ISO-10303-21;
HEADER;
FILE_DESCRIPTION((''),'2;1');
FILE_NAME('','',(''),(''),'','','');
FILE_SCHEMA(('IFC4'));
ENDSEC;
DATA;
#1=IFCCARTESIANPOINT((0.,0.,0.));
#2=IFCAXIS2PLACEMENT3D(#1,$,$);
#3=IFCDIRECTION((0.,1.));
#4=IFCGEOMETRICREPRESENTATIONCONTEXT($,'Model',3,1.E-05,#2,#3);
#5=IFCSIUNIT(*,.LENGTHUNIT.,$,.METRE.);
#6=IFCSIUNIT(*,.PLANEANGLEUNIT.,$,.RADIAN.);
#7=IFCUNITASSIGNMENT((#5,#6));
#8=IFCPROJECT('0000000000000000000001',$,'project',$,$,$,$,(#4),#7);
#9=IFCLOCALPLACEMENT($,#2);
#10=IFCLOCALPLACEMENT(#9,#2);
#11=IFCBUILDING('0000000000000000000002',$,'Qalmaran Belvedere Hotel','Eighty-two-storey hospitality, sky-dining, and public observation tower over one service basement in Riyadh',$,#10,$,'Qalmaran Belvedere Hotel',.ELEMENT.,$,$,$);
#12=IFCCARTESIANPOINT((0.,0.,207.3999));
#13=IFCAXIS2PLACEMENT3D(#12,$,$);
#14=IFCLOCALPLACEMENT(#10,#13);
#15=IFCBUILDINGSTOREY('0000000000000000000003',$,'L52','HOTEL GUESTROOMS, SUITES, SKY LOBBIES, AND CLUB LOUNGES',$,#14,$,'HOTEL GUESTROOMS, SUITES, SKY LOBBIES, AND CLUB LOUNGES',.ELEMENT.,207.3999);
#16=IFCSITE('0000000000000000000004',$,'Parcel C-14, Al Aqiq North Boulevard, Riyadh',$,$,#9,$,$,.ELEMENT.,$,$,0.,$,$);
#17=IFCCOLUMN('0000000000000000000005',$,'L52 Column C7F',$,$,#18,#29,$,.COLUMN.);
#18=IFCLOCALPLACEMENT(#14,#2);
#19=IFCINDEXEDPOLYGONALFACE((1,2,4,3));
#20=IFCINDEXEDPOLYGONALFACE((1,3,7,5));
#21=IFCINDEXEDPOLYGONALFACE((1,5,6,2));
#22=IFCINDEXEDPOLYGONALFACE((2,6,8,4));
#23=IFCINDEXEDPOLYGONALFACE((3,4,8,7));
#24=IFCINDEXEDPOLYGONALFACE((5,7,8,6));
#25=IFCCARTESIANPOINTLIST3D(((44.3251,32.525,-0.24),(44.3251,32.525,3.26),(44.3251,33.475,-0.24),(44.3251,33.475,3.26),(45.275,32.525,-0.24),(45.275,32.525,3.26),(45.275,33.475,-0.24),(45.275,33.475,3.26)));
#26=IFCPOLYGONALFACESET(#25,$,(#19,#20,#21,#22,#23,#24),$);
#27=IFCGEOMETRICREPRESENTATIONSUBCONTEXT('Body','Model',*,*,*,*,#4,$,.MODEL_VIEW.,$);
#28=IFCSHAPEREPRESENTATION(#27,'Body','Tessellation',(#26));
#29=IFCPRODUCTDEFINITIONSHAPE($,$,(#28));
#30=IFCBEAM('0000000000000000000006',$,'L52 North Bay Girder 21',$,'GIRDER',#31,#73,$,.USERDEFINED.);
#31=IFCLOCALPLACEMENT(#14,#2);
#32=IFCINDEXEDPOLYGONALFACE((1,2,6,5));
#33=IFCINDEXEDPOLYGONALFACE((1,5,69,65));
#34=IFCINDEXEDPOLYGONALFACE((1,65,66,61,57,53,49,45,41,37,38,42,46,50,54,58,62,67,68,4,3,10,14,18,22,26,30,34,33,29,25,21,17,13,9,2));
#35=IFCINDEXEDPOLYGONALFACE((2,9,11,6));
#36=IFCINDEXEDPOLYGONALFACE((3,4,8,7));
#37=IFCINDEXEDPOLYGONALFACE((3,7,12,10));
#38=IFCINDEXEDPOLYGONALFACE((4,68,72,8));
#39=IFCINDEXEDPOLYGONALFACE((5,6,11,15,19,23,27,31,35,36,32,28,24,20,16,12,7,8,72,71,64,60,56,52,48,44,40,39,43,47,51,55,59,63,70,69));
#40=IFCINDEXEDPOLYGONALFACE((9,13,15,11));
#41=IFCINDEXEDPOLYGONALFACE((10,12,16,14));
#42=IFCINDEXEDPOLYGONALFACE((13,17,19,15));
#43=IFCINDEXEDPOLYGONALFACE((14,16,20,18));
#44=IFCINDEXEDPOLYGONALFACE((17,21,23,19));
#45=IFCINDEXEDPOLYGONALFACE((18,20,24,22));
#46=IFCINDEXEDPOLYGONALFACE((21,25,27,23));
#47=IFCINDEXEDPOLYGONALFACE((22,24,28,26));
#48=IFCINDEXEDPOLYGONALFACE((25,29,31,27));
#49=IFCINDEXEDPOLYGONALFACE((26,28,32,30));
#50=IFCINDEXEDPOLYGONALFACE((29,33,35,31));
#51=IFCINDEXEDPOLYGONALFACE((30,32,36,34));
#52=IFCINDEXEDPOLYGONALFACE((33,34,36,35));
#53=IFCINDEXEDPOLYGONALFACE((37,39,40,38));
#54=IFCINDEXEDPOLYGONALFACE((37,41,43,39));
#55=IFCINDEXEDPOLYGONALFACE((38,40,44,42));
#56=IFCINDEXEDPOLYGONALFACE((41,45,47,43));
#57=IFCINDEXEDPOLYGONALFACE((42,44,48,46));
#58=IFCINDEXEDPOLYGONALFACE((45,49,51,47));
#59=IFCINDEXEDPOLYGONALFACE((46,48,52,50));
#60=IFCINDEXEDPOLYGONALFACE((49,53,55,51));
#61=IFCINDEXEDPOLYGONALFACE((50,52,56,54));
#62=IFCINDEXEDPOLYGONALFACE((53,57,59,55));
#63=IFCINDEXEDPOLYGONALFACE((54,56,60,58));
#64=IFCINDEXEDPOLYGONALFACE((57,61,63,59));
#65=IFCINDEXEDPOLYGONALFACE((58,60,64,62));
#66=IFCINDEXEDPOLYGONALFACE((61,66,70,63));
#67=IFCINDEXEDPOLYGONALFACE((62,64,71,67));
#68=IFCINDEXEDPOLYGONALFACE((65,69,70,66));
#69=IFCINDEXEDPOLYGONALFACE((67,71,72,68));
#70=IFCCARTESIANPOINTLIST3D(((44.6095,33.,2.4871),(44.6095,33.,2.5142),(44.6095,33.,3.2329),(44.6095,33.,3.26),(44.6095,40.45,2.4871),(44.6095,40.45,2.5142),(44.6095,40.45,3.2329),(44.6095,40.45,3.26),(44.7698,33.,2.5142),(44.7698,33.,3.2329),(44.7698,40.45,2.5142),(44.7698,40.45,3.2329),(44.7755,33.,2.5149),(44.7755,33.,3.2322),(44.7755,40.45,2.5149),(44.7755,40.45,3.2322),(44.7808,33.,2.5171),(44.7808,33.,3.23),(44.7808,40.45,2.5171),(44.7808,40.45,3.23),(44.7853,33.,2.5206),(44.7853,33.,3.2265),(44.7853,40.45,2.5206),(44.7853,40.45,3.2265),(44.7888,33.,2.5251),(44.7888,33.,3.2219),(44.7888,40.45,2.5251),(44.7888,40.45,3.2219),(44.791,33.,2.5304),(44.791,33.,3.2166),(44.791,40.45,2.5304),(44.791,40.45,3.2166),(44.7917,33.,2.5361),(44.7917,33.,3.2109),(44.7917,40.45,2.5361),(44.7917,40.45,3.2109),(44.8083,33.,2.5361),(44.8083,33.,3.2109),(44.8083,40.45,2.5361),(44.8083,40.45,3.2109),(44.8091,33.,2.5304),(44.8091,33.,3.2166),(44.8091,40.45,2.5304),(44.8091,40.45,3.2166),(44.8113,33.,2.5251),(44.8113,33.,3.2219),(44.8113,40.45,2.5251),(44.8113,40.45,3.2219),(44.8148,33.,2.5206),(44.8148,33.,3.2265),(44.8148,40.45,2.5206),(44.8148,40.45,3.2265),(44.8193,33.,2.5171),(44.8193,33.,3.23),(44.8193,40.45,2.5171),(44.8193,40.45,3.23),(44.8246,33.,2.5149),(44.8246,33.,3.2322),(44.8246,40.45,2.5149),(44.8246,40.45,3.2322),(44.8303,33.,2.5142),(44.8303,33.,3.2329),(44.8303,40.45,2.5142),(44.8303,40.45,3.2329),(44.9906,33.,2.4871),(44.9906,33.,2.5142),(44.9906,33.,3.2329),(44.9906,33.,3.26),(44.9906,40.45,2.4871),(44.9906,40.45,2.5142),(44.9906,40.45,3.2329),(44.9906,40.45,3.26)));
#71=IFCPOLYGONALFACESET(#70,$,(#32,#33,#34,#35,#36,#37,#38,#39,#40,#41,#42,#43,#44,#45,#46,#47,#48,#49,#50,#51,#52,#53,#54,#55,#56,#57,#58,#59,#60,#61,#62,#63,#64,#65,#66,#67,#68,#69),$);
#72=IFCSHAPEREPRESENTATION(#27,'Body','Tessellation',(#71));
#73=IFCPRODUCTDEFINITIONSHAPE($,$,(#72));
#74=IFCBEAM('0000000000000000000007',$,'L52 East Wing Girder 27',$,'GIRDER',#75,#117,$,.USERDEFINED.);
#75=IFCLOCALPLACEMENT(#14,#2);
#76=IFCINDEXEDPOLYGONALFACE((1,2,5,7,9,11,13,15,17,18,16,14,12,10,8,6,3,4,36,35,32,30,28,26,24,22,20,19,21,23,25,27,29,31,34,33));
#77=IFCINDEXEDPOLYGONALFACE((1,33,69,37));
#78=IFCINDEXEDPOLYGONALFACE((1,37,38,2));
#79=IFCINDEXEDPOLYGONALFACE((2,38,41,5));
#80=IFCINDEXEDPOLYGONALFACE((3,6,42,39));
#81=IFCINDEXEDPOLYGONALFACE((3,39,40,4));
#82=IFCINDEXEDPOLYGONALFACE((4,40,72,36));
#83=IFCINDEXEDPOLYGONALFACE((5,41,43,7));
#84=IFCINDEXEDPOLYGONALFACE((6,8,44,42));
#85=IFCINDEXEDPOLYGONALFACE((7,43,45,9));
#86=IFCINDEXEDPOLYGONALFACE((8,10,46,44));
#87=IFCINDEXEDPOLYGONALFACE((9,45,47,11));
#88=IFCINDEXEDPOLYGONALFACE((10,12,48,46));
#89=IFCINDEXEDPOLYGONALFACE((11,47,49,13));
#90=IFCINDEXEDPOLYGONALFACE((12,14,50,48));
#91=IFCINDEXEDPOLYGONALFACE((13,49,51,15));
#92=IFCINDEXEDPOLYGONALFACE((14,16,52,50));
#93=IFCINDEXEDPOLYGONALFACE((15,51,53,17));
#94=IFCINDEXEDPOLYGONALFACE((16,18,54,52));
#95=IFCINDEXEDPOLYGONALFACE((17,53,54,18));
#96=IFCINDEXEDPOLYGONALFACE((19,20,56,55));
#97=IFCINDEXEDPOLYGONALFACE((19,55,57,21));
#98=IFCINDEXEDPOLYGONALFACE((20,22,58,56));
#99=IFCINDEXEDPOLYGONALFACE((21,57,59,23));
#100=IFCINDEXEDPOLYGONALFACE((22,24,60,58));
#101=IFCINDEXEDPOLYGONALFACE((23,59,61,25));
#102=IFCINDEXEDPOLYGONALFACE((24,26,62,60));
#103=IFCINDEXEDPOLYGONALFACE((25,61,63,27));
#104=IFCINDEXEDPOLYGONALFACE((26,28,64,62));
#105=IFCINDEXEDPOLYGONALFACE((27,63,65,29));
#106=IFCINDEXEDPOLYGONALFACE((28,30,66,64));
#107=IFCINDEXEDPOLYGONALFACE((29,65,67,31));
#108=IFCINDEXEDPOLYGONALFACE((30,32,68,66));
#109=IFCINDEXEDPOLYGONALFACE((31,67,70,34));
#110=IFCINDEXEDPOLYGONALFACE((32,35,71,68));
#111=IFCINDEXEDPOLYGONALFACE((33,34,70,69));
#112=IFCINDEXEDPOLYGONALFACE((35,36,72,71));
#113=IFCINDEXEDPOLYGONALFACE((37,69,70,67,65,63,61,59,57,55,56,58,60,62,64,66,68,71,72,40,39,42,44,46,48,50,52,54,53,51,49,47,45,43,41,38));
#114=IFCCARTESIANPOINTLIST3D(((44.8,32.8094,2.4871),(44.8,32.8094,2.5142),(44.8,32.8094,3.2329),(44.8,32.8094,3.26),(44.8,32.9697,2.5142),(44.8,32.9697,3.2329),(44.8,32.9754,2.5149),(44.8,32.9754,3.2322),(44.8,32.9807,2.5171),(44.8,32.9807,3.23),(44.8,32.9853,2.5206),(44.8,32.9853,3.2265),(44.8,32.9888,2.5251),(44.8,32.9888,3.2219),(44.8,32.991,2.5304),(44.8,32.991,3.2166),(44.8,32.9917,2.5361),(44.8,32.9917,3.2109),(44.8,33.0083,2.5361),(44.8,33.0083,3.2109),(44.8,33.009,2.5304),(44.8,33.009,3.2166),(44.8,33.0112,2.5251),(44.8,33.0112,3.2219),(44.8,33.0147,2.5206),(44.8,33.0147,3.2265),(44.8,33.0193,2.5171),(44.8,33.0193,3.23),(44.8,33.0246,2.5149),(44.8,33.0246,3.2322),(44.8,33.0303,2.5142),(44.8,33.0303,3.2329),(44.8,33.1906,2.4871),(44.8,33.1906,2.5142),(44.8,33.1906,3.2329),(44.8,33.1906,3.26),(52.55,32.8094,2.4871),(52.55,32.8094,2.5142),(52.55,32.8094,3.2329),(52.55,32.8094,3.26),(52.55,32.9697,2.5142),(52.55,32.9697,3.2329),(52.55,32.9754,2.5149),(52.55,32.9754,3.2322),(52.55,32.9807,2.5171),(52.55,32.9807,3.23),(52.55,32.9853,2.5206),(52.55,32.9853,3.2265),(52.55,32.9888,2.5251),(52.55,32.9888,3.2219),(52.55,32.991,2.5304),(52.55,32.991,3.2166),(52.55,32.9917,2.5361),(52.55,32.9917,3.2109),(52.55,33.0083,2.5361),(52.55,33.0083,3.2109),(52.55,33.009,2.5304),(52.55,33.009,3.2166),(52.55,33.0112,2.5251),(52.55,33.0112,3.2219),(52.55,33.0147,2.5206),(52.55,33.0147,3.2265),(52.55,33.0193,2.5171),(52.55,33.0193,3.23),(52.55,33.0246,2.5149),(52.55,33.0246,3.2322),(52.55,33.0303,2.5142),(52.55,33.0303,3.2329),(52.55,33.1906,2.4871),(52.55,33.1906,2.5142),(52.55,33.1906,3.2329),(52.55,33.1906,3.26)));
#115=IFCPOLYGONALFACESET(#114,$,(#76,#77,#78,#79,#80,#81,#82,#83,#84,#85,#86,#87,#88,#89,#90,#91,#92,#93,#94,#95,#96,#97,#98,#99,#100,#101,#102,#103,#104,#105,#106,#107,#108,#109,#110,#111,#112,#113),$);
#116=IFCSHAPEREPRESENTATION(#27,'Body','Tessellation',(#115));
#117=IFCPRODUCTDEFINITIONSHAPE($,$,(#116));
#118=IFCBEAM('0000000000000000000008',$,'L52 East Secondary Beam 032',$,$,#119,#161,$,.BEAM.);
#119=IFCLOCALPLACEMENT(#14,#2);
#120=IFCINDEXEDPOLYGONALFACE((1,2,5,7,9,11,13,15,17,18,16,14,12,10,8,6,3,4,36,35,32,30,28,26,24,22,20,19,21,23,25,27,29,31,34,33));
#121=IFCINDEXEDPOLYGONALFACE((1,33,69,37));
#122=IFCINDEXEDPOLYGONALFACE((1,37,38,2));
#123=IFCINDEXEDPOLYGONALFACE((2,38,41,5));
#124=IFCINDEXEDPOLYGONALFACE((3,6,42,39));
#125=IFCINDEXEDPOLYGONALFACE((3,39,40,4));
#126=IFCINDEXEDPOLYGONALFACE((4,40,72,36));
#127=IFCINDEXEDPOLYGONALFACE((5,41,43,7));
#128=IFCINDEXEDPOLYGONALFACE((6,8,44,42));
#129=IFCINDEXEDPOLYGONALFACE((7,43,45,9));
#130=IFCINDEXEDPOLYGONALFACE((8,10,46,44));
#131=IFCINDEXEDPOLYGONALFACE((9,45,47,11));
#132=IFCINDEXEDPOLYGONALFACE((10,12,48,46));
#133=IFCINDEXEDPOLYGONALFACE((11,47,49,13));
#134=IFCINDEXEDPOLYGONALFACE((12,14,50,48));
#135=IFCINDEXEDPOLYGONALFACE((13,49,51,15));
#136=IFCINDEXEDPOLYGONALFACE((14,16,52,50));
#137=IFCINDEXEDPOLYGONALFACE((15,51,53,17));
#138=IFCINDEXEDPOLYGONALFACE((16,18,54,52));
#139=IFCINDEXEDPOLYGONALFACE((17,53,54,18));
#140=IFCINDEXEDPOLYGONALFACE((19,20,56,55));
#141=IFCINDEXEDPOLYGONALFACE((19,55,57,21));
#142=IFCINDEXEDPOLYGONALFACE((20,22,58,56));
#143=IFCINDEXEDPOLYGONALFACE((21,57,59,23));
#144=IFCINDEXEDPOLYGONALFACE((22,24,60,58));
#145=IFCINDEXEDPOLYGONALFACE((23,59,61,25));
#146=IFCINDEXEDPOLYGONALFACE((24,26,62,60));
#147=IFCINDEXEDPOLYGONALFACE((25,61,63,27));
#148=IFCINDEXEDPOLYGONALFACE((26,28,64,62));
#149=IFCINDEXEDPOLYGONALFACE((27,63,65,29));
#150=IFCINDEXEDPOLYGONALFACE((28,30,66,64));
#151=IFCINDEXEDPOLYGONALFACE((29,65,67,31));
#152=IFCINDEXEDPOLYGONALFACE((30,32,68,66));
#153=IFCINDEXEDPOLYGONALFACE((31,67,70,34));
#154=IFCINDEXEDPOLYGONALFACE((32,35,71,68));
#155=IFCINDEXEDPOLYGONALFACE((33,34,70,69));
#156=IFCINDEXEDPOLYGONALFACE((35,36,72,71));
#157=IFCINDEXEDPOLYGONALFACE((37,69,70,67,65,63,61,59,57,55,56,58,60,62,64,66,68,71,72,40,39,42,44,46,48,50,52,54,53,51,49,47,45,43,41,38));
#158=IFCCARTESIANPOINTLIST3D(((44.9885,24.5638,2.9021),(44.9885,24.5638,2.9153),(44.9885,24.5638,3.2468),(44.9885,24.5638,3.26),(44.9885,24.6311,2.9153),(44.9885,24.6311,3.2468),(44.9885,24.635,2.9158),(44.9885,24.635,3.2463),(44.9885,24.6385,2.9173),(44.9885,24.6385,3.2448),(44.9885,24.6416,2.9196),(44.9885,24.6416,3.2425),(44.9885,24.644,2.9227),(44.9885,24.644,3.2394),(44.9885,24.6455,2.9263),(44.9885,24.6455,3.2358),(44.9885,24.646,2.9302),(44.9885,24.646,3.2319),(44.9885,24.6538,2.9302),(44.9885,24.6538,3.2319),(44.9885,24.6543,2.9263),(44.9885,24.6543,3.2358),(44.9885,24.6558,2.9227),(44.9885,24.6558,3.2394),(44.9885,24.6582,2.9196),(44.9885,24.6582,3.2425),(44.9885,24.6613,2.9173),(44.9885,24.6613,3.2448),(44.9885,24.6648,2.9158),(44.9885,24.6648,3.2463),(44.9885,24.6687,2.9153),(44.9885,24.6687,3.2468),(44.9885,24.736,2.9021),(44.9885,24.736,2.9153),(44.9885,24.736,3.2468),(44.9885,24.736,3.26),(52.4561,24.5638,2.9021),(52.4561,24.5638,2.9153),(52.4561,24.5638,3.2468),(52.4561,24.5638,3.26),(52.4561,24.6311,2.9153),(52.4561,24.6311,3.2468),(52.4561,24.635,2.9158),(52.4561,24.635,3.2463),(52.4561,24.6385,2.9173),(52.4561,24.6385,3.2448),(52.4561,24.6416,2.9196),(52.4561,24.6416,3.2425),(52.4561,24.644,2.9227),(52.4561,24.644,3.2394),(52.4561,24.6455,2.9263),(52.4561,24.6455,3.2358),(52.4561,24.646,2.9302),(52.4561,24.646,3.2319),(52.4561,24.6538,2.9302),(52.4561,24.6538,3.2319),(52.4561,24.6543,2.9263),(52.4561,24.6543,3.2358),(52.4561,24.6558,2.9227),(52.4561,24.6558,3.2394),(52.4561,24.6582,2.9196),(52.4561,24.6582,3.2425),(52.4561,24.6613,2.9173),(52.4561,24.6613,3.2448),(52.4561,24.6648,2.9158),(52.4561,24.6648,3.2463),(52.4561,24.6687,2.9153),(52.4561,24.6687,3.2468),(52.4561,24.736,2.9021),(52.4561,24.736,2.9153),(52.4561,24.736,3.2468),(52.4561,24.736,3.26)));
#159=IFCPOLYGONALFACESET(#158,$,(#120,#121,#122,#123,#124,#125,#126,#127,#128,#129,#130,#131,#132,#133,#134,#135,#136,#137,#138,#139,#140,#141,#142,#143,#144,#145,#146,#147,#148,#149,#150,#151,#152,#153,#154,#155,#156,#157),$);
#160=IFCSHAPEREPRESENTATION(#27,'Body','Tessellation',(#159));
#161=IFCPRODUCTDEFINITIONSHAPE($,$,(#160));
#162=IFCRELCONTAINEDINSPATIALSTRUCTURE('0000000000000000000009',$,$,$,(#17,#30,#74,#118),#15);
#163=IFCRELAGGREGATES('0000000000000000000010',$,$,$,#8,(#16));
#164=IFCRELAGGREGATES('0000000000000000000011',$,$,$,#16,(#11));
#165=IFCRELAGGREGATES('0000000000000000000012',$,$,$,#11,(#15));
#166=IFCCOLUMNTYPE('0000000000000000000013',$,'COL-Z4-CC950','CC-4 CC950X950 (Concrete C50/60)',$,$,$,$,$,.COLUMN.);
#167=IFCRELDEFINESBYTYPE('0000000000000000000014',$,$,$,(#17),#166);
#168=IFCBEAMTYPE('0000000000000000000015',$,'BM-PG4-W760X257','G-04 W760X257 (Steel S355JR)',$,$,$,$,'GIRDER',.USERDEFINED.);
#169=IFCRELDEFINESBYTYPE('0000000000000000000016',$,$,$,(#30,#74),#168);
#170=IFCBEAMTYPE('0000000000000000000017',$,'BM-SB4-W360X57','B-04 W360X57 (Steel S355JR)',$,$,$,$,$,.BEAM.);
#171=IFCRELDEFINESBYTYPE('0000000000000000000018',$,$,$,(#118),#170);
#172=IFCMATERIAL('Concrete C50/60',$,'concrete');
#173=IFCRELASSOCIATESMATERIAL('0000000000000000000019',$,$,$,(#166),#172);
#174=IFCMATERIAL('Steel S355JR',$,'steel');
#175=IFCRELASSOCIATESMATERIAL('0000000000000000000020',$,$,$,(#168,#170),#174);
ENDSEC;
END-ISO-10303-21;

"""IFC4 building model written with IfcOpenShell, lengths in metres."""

from ifc_helpers import new_model, si_unit, direction, frame, origin, origin_2d, place, context, subcontext, project, spatial, rectangle, i_section, extrude, material, material_profile, profile_set, type_object, element, save


model = new_model("IFC4")

# Units and contexts
model_context = context("Model", 3, precision=1e-05, world=origin(), true_north=direction((0.0, 1.0)))
body_context = subcontext(model_context, "Body", "Model", "MODEL_VIEW")
ifc_project = project(units=[si_unit("LENGTHUNIT", "METRE"), si_unit("PLANEANGLEUNIT", "RADIAN")], contexts=[model_context])

# Site, building, storey
site_placement = place(None, origin())
site = spatial("IfcSite", under=ifc_project, at=site_placement, Name="Parcel C-14, Al Aqiq North Boulevard, Riyadh", CompositionType="ELEMENT", RefElevation=0.0)
building_placement = place(site_placement, origin())
building = spatial("IfcBuilding", under=site, at=building_placement, Name="Qalmaran Belvedere Hotel", Description="Eighty-two-storey hospitality, sky-dining, and public observation tower over one service basement in Riyadh", LongName="Qalmaran Belvedere Hotel", CompositionType="ELEMENT")
storey_placement = place(building_placement, frame((0.0, 0.0, 207.3999)))
storey = spatial("IfcBuildingStorey", under=building, at=storey_placement, Name="L52", Description="HOTEL GUESTROOMS, SUITES, SKY LOBBIES, AND CLUB LOUNGES", LongName="HOTEL GUESTROOMS, SUITES, SKY LOBBIES, AND CLUB LOUNGES", CompositionType="ELEMENT", Elevation=207.3999)

# Column
ifc_material_1 = material(Name="Concrete C50/60", Category="concrete")
ifc_material_profile_1 = material_profile(ifc_material_1, rectangle(XDim=0.95, YDim=0.95, at=origin_2d()), Name="CC950X950")
ifc_profile_set_1 = profile_set([ifc_material_profile_1], Name="Concrete C50/60")
column_type = type_object("IfcColumnType", Name="COL-Z4-CC950", Description="CC-4 CC950X950 (Concrete C50/60)", PredefinedType="COLUMN", material=ifc_profile_set_1)
column_placement = place(storey_placement, frame((44.8, 33.0, -0.24), z_axis=(0.0, 0.0, 1.0), x_axis=(1.0, 0.0, 0.0)))
element("IfcColumn", 1, at=column_placement, inside=storey, type_object=column_type, Name="L52 Column C7F", PredefinedType="COLUMN", context=body_context, shape_type="SweptSolid", body=[
    extrude(rectangle(XDim=0.95, YDim=0.95, at=origin_2d()), origin(), (0.0, 0.0, 1.0), 3.5),
])

# Beams
ifc_material_2 = material(Name="Steel S355JR", Category="steel")
ifc_material_profile_2 = material_profile(ifc_material_2, i_section(OverallWidth=0.3811, OverallDepth=0.7729, WebThickness=0.0166, FlangeThickness=0.0271, FilletRadius=0.022, at=origin_2d()), Name="W760X257")
ifc_profile_set_2 = profile_set([ifc_material_profile_2], Name="Steel S355JR")
beam_type_1 = type_object("IfcBeamType", Name="BM-PG4-W760X257", Description="G-04 W760X257 (Steel S355JR)", ElementType="GIRDER", PredefinedType="USERDEFINED", material=ifc_profile_set_2)
beam_1_placement = place(storey_placement, frame((44.8, 33.0, 2.8735), z_axis=(0.0, 1.0, 0.0), x_axis=(-1.0, 0.0, 0.0)))
element("IfcBeam", 2, at=beam_1_placement, inside=storey, type_object=beam_type_1, Name="L52 North Bay Girder 21", ObjectType="GIRDER", PredefinedType="USERDEFINED", context=body_context, shape_type="SweptSolid", body=[
    extrude(i_section(OverallWidth=0.3811, OverallDepth=0.7729, WebThickness=0.0166, FlangeThickness=0.0271, FilletRadius=0.022, at=origin_2d()), origin(), (0.0, 0.0, 1.0), 7.45),
])
beam_2_placement = place(storey_placement, frame((44.8, 33.0, 2.8735), z_axis=(1.0, 0.0, 0.0), x_axis=(0.0, 1.0, 0.0)))
element("IfcBeam", 3, at=beam_2_placement, inside=storey, type_object=beam_type_1, Name="L52 East Wing Girder 27", ObjectType="GIRDER", PredefinedType="USERDEFINED", context=body_context, shape_type="SweptSolid", body=[
    extrude(i_section(OverallWidth=0.3811, OverallDepth=0.7729, WebThickness=0.0166, FlangeThickness=0.0271, FilletRadius=0.022, at=origin_2d()), origin(), (0.0, 0.0, 1.0), 7.75),
])
ifc_material_profile_3 = material_profile(ifc_material_2, i_section(OverallWidth=0.1721, OverallDepth=0.3579, WebThickness=0.0078, FlangeThickness=0.0132, FilletRadius=0.0149, at=origin_2d()), Name="W360X57")
ifc_profile_set_3 = profile_set([ifc_material_profile_3], Name="Steel S355JR")
beam_type_2 = type_object("IfcBeamType", Name="BM-SB4-W360X57", Description="B-04 W360X57 (Steel S355JR)", PredefinedType="BEAM", material=ifc_profile_set_3)
for number, where, z_axis, x_axis, name in (
    (4, (44.9885, 24.6499, 3.0811), (1.0, 0.0, 0.0), (0.0, 1.0, 0.0), "L52 East Secondary Beam 032"),
):
    element("IfcBeam", number, at=place(storey_placement, frame(where, z_axis=z_axis, x_axis=x_axis)), inside=storey, type_object=beam_type_2, Name=name, PredefinedType="BEAM", context=body_context, shape_type="SweptSolid", body=[
        extrude(i_section(OverallWidth=0.1721, OverallDepth=0.3579, WebThickness=0.0078, FlangeThickness=0.0132, FilletRadius=0.0149, at=origin_2d()), origin(), (0.0, 0.0, 1.0), 7.4675),
    ])

save(model, "model.ifc")
